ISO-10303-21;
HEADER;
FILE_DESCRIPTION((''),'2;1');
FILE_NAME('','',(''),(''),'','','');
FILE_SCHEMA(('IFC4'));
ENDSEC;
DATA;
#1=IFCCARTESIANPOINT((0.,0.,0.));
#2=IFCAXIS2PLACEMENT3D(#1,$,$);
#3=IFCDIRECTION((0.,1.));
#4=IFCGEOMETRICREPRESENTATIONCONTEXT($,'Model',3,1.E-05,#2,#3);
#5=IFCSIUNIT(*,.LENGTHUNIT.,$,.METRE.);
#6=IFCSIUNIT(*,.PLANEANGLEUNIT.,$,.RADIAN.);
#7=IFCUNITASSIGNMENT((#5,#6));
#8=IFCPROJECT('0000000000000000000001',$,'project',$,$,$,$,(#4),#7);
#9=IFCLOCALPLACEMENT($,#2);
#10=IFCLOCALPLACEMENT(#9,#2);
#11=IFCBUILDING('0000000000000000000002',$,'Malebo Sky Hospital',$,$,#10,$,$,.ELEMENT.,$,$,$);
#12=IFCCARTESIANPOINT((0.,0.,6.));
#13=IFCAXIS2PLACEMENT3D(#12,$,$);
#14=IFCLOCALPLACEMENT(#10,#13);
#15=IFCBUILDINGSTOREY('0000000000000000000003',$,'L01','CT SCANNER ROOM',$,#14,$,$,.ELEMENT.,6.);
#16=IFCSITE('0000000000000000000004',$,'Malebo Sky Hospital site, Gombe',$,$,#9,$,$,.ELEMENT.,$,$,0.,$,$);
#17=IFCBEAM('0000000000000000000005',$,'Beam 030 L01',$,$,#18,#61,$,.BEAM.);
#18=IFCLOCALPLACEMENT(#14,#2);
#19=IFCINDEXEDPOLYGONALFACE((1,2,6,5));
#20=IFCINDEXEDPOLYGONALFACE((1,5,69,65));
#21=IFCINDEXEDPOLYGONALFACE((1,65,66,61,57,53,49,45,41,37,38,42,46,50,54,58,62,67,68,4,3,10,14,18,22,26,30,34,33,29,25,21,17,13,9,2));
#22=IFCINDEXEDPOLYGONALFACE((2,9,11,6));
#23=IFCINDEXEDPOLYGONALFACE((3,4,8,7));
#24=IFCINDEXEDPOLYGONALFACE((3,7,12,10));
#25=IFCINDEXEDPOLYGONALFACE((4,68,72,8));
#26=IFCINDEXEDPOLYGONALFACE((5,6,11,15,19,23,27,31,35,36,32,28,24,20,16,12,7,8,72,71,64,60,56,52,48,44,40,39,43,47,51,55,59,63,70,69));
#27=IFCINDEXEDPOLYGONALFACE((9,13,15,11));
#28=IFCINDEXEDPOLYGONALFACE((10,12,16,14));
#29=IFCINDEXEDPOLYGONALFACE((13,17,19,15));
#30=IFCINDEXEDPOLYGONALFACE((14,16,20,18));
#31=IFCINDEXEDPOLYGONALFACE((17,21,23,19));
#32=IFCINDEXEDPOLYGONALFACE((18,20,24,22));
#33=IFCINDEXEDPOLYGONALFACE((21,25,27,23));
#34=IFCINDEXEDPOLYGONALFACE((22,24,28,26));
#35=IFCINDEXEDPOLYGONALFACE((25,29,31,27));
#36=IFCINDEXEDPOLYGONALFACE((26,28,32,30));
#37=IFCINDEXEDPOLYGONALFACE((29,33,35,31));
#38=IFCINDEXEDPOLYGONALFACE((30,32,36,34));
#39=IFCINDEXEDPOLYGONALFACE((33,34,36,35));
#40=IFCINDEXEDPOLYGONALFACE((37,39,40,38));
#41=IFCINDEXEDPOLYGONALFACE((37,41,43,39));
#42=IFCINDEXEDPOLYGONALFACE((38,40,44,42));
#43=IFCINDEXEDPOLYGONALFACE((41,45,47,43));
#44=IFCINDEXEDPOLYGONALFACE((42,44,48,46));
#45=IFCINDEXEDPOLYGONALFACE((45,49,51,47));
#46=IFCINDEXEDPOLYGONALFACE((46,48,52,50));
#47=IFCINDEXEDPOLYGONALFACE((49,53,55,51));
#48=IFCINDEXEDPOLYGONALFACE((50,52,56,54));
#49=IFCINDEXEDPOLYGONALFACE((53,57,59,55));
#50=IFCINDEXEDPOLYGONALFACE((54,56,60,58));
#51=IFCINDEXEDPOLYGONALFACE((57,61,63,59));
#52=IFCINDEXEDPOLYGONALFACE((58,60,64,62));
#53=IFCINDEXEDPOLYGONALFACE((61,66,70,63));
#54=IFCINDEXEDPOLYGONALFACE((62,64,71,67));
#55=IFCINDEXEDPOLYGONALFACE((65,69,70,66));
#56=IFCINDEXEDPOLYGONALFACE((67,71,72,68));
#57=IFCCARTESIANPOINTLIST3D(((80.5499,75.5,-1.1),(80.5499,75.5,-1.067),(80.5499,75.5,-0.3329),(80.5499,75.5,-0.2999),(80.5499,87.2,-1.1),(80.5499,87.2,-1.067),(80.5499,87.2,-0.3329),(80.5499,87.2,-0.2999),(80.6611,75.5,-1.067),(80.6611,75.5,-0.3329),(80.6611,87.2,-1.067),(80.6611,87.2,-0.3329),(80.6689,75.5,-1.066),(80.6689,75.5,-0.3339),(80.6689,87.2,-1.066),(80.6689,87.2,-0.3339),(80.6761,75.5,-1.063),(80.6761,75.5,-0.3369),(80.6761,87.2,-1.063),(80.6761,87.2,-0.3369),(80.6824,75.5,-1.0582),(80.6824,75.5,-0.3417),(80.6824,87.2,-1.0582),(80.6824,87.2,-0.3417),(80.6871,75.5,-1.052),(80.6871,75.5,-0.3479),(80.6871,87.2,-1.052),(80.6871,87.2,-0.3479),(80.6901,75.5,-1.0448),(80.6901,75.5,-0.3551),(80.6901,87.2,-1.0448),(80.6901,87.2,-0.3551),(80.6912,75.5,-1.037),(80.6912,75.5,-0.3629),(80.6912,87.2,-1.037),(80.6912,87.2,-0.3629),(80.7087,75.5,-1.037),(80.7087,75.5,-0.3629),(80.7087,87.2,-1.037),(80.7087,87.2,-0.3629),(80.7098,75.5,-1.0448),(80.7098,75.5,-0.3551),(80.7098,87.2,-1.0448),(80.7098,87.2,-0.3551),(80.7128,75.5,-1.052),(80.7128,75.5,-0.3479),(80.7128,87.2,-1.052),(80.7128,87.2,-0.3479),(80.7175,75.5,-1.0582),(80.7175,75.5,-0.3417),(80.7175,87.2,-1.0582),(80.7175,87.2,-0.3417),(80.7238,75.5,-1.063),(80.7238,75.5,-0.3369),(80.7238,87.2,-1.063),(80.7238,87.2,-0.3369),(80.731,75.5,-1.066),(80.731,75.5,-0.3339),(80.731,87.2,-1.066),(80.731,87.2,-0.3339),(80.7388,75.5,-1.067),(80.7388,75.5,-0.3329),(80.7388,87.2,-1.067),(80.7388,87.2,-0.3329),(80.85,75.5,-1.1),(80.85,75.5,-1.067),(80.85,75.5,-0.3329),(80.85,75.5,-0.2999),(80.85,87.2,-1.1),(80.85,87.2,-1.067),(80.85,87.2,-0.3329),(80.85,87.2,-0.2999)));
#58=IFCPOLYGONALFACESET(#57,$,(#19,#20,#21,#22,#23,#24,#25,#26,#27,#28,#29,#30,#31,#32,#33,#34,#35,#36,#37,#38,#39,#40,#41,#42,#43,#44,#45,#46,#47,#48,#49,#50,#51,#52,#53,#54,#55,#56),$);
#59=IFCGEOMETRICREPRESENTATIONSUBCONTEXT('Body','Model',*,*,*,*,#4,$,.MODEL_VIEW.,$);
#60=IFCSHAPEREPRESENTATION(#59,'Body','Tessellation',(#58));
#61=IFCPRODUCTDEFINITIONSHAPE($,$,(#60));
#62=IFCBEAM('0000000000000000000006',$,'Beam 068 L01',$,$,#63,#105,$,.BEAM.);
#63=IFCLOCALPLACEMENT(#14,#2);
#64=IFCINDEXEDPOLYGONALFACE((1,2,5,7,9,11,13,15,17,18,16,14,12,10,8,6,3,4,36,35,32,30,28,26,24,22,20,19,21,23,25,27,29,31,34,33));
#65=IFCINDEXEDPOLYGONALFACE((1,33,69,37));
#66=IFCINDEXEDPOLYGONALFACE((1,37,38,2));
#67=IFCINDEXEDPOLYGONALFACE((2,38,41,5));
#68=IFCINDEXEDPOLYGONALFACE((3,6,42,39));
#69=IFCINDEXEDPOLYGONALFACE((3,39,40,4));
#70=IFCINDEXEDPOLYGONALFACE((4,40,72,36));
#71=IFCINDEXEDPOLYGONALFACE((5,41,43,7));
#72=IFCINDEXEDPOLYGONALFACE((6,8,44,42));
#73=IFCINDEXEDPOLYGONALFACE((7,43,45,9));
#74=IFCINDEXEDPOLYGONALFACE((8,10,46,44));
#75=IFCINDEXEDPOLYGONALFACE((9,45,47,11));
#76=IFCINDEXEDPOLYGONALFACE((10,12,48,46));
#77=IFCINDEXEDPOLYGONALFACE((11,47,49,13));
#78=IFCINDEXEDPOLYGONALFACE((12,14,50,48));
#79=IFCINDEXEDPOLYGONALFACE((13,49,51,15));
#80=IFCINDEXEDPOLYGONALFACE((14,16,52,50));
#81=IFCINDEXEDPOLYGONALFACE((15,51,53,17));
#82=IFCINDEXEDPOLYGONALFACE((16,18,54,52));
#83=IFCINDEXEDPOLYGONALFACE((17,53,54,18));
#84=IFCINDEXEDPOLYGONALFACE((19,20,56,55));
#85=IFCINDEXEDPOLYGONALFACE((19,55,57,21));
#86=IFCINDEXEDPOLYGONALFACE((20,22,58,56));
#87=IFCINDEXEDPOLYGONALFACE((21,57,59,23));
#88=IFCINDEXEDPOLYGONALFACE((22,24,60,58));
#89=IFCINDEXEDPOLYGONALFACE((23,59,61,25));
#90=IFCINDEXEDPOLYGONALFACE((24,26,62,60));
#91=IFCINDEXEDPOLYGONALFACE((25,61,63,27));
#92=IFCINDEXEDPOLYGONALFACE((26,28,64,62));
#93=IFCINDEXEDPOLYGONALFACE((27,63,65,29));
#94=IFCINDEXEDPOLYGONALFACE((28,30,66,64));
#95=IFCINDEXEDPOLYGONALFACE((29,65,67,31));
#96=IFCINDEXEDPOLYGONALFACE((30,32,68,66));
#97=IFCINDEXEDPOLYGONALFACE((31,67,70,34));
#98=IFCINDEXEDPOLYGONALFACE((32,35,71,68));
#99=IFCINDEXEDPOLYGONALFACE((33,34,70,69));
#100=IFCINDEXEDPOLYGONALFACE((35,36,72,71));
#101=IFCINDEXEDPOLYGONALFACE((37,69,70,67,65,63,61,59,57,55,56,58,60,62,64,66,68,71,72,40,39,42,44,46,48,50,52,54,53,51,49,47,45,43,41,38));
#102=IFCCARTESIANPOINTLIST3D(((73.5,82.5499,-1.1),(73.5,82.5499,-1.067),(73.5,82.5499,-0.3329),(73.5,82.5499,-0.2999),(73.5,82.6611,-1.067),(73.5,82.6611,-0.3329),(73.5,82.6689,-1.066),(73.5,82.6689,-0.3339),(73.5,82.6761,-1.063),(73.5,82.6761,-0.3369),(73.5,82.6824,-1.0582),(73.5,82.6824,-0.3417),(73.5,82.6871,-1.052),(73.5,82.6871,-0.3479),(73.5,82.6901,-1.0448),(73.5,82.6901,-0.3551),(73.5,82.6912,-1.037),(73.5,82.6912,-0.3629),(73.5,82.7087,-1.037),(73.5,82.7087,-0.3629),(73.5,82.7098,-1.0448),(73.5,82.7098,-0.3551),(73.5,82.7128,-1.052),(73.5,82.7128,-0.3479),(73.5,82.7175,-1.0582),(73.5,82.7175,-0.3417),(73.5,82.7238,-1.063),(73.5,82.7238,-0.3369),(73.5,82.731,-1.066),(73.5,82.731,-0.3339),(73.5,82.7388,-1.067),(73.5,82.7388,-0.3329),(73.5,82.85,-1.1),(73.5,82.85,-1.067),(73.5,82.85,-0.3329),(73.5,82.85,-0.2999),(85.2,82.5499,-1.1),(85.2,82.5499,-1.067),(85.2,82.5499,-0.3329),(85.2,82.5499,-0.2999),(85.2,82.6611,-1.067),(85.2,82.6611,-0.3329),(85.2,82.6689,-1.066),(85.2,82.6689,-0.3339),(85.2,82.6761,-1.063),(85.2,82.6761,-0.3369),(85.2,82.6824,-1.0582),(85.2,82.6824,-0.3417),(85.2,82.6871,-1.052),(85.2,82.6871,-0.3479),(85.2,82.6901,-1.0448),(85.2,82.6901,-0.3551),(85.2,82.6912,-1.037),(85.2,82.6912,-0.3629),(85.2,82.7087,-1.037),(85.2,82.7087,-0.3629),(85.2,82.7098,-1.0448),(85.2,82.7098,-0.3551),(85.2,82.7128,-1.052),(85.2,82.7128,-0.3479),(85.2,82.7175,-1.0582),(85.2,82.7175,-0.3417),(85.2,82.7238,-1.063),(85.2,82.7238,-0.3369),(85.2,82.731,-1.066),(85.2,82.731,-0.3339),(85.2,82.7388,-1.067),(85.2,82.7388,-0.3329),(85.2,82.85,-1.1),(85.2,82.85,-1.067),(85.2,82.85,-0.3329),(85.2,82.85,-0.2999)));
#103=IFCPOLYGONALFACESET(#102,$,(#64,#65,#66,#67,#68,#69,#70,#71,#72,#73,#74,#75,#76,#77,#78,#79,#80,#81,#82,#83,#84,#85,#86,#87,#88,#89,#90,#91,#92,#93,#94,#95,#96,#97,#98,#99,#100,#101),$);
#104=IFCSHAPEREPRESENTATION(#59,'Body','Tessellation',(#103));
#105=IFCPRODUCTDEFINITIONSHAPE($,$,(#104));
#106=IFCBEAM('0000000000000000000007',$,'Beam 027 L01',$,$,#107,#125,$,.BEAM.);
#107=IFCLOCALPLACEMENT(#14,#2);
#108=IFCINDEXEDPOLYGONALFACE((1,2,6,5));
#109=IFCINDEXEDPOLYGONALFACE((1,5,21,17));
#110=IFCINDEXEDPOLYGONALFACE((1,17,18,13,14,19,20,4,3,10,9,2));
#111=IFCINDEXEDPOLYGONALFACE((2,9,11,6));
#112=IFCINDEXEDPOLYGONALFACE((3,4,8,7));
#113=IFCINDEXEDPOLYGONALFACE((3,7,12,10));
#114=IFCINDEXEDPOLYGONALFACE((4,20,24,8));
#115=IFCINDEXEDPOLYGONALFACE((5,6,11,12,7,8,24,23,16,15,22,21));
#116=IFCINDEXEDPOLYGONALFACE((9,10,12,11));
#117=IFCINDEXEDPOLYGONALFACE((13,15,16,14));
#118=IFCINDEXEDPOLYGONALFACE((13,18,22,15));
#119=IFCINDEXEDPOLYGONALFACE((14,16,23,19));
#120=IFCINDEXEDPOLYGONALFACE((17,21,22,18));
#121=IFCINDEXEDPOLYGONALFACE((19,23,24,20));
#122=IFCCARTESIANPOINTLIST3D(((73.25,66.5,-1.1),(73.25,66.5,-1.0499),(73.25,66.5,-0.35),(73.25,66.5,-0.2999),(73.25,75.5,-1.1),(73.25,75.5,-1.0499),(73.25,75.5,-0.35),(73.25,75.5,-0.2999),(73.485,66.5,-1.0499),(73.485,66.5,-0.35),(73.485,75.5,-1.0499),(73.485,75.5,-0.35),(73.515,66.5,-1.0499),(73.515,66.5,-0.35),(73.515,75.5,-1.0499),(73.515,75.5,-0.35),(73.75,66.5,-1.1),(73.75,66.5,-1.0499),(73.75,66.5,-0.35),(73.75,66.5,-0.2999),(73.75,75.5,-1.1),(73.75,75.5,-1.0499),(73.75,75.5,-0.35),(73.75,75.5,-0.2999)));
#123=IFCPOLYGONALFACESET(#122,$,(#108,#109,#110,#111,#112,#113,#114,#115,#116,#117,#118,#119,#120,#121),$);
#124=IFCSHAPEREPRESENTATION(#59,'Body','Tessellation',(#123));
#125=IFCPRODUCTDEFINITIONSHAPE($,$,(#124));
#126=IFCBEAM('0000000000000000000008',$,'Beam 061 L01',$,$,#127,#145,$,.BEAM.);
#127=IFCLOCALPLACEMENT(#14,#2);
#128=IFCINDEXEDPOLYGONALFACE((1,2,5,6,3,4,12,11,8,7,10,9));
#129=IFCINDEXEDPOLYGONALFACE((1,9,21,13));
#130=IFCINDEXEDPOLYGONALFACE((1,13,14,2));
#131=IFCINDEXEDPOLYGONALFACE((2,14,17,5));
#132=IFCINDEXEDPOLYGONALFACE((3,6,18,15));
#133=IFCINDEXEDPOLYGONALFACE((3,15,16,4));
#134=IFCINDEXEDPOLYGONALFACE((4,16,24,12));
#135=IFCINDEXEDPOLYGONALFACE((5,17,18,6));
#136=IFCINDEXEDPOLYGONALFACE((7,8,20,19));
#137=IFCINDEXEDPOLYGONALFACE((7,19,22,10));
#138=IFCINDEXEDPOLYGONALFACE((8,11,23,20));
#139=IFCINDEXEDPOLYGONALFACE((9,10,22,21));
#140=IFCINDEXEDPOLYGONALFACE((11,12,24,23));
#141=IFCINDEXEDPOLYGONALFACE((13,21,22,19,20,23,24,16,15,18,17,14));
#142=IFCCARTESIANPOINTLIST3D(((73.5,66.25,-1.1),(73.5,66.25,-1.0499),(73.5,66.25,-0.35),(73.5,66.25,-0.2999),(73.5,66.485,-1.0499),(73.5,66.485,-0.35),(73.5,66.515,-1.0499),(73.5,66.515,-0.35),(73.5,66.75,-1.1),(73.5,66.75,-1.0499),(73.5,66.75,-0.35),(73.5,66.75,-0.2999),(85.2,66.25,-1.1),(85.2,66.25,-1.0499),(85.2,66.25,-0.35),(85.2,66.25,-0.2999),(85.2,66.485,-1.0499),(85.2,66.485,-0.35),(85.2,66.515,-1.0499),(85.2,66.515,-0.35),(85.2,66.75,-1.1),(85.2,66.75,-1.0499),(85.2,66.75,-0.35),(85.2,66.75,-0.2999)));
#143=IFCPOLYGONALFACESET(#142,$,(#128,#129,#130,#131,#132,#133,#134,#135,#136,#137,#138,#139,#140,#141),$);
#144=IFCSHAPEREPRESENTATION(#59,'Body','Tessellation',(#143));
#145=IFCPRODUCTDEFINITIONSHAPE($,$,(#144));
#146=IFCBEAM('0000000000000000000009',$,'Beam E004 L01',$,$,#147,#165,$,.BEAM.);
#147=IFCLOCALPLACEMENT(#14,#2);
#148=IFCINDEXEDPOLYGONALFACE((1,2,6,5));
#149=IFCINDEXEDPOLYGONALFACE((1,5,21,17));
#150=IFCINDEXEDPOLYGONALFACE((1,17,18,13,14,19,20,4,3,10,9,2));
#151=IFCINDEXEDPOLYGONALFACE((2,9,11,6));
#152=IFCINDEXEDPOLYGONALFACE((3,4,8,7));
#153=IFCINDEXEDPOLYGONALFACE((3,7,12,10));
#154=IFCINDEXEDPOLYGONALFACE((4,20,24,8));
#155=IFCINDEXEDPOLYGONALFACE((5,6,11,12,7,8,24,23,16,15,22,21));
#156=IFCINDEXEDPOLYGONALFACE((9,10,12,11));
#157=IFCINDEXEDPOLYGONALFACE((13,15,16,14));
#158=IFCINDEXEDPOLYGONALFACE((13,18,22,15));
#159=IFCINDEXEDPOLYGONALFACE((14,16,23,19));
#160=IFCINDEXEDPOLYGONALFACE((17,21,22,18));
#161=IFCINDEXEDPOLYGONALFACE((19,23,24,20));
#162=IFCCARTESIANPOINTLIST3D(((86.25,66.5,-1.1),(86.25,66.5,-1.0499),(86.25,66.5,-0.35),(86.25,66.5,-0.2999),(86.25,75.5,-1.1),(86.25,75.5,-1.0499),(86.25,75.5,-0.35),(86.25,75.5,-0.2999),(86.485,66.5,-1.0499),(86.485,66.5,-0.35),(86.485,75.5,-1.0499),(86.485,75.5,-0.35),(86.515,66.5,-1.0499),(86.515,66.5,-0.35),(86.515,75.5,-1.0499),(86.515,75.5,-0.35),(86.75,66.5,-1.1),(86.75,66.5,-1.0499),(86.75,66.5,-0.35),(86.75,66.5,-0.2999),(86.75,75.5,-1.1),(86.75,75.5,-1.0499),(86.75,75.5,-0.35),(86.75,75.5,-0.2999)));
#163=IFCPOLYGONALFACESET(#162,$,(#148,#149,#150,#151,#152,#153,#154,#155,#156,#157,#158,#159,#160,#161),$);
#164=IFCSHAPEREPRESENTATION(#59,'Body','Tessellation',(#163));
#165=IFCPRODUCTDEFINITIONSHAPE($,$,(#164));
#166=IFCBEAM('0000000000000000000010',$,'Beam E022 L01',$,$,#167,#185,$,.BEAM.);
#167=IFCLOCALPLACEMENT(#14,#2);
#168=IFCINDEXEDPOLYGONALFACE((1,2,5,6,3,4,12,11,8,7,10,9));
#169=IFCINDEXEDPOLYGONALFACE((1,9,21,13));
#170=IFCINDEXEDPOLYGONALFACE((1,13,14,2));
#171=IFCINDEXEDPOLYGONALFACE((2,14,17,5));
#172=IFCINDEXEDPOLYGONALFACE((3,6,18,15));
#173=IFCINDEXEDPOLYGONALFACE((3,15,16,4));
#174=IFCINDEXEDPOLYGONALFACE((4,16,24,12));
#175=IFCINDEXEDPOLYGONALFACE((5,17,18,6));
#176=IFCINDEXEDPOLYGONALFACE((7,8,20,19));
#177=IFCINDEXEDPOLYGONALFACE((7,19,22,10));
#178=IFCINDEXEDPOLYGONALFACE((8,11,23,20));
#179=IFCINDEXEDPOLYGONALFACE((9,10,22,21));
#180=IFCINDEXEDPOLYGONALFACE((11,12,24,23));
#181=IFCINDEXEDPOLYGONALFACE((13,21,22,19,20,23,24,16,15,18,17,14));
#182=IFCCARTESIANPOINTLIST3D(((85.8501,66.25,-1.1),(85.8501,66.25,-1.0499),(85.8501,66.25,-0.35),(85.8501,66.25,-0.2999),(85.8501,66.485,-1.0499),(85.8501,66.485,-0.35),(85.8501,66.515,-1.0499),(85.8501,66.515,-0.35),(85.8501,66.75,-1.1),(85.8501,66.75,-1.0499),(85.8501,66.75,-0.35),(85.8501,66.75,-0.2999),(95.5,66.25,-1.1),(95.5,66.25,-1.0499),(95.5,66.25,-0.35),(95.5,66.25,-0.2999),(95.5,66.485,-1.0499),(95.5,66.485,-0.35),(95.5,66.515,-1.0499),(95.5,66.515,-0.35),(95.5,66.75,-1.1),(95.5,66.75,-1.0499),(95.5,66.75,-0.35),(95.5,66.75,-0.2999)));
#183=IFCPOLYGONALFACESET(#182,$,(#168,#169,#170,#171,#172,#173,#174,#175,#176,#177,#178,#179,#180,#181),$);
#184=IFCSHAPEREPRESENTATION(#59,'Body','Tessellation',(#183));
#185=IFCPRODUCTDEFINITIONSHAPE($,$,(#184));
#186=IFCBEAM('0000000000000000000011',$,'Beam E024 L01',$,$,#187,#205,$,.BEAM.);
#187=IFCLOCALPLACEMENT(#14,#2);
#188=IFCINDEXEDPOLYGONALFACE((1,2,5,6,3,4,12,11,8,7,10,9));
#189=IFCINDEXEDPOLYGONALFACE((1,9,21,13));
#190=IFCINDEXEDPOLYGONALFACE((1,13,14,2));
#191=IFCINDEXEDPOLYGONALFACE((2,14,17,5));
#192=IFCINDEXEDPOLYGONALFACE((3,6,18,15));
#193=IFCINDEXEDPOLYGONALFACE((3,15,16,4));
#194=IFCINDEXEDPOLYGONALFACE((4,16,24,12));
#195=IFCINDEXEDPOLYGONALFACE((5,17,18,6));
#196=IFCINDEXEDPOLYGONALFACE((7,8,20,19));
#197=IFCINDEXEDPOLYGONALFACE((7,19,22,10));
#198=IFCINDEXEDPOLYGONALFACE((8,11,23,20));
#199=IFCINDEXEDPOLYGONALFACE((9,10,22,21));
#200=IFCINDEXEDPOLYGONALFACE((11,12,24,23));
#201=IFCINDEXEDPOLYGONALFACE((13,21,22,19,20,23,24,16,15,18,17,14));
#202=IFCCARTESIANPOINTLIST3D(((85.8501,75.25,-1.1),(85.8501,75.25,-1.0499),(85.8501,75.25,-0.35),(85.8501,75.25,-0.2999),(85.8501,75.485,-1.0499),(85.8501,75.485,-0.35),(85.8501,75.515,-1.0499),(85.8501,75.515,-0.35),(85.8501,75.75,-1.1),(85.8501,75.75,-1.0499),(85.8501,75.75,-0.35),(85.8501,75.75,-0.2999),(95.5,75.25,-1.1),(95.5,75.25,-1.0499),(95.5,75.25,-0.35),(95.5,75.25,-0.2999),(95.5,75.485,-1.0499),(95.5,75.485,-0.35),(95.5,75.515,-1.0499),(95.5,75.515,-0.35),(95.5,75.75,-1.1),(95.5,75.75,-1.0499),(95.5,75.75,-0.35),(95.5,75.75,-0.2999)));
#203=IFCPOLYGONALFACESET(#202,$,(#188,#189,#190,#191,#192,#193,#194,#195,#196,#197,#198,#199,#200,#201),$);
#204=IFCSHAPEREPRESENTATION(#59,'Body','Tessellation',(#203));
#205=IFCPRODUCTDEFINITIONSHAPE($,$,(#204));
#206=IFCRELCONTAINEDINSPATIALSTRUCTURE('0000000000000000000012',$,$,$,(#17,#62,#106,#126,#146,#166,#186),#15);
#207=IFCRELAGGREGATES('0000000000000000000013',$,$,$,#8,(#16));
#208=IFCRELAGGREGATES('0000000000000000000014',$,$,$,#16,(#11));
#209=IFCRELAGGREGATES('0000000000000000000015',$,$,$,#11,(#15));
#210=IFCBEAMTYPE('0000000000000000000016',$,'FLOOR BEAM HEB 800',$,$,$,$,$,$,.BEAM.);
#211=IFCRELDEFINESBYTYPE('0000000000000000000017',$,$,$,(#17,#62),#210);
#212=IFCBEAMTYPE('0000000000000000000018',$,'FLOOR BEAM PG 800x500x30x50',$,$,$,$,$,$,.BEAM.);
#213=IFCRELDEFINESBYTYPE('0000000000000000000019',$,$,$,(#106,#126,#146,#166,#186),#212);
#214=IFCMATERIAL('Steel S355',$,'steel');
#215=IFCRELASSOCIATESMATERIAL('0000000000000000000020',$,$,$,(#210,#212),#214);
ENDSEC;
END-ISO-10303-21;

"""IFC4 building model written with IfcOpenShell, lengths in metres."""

from ifc_helpers import new_model, si_unit, direction, frame, origin, origin_2d, place, context, subcontext, project, spatial, i_section, extrude, material, material_profile, profile_set, type_object, element, save


model = new_model("IFC4")

# Units and contexts
model_context = context("Model", 3, precision=1e-05, world=origin(), true_north=direction((0.0, 1.0)))
body_context = subcontext(model_context, "Body", "Model", "MODEL_VIEW")
ifc_project = project(units=[si_unit("LENGTHUNIT", "METRE"), si_unit("PLANEANGLEUNIT", "RADIAN")], contexts=[model_context])

# Site, building, storey
site_placement = place(None, origin())
site = spatial("IfcSite", under=ifc_project, at=site_placement, Name="Malebo Sky Hospital site, Gombe", CompositionType="ELEMENT", RefElevation=0.0)
building_placement = place(site_placement, origin())
building = spatial("IfcBuilding", under=site, at=building_placement, Name="Malebo Sky Hospital", CompositionType="ELEMENT")
storey_placement = place(building_placement, frame((0.0, 0.0, 6.0)))
storey = spatial("IfcBuildingStorey", under=building, at=storey_placement, Name="L01", Description="CT SCANNER ROOM", CompositionType="ELEMENT", Elevation=6.0)

# Shared definitions
ifc_material_1 = material(Name="Steel S355", Category="steel")

# Beams
ifc_material_profile_1 = material_profile(ifc_material_1, i_section(OverallWidth=0.3, OverallDepth=0.8, WebThickness=0.0176, FlangeThickness=0.033, FilletRadius=0.03, at=origin_2d()), Name="HEB 800")
ifc_profile_set_1 = profile_set([ifc_material_profile_1], Name="Steel S355")
beam_type_1 = type_object("IfcBeamType", Name="FLOOR BEAM HEB 800", PredefinedType="BEAM", material=ifc_profile_set_1)
for number, where, z_axis, x_axis, name in (
    (1, (80.7, 75.5, -0.7), (0.0, 1.0, 0.0), (-1.0, 0.0, 0.0), "Beam 030 L01"),
    (2, (73.5, 82.7, -0.7), (1.0, 0.0, 0.0), (0.0, 1.0, 0.0), "Beam 068 L01"),
):
    element("IfcBeam", number, at=place(storey_placement, frame(where, z_axis=z_axis, x_axis=x_axis)), inside=storey, type_object=beam_type_1, Name=name, PredefinedType="BEAM", context=body_context, shape_type="SweptSolid", body=[
        extrude(i_section(OverallWidth=0.3, OverallDepth=0.8, WebThickness=0.0176, FlangeThickness=0.033, FilletRadius=0.03, at=origin_2d()), origin(), (0.0, 0.0, 1.0), 11.7),
    ])
ifc_material_profile_2 = material_profile(ifc_material_1, i_section(OverallWidth=0.5, OverallDepth=0.8, WebThickness=0.03, FlangeThickness=0.05, at=origin_2d()), Name="PG 800x500x30x50")
ifc_profile_set_2 = profile_set([ifc_material_profile_2], Name="Steel S355")
beam_type_2 = type_object("IfcBeamType", Name="FLOOR BEAM PG 800x500x30x50", PredefinedType="BEAM", material=ifc_profile_set_2)
beam_1_placement = place(storey_placement, frame((73.5, 66.5, -0.7), z_axis=(0.0, 1.0, 0.0), x_axis=(-1.0, 0.0, 0.0)))
element("IfcBeam", 3, at=beam_1_placement, inside=storey, type_object=beam_type_2, Name="Beam 027 L01", PredefinedType="BEAM", context=body_context, shape_type="SweptSolid", body=[
    extrude(i_section(OverallWidth=0.5, OverallDepth=0.8, WebThickness=0.03, FlangeThickness=0.05, at=origin_2d()), origin(), (0.0, 0.0, 1.0), 9.0),
])
beam_2_placement = place(storey_placement, frame((73.5, 66.5, -0.7), z_axis=(1.0, 0.0, 0.0), x_axis=(0.0, 1.0, 0.0)))
element("IfcBeam", 4, at=beam_2_placement, inside=storey, type_object=beam_type_2, Name="Beam 061 L01", PredefinedType="BEAM", context=body_context, shape_type="SweptSolid", body=[
    extrude(i_section(OverallWidth=0.5, OverallDepth=0.8, WebThickness=0.03, FlangeThickness=0.05, at=origin_2d()), origin(), (0.0, 0.0, 1.0), 11.7),
])
beam_3_placement = place(storey_placement, frame((86.5, 66.5, -0.7), z_axis=(0.0, 1.0, 0.0), x_axis=(-1.0, 0.0, 0.0)))
element("IfcBeam", 5, at=beam_3_placement, inside=storey, type_object=beam_type_2, Name="Beam E004 L01", PredefinedType="BEAM", context=body_context, shape_type="SweptSolid", body=[
    extrude(i_section(OverallWidth=0.5, OverallDepth=0.8, WebThickness=0.03, FlangeThickness=0.05, at=origin_2d()), origin(), (0.0, 0.0, 1.0), 9.0),
])
for number, where, z_axis, x_axis, name in (
    (6, (85.8501, 66.5, -0.7), (1.0, 0.0, 0.0), (0.0, 1.0, 0.0), "Beam E022 L01"),
    (7, (85.8501, 75.5, -0.7), (1.0, 0.0, 0.0), (0.0, 1.0, 0.0), "Beam E024 L01"),
):
    element("IfcBeam", number, at=place(storey_placement, frame(where, z_axis=z_axis, x_axis=x_axis)), inside=storey, type_object=beam_type_2, Name=name, PredefinedType="BEAM", context=body_context, shape_type="SweptSolid", body=[
        extrude(i_section(OverallWidth=0.5, OverallDepth=0.8, WebThickness=0.03, FlangeThickness=0.05, at=origin_2d()), origin(), (0.0, 0.0, 1.0), 9.6499),
    ])

save(model, "model.ifc")
